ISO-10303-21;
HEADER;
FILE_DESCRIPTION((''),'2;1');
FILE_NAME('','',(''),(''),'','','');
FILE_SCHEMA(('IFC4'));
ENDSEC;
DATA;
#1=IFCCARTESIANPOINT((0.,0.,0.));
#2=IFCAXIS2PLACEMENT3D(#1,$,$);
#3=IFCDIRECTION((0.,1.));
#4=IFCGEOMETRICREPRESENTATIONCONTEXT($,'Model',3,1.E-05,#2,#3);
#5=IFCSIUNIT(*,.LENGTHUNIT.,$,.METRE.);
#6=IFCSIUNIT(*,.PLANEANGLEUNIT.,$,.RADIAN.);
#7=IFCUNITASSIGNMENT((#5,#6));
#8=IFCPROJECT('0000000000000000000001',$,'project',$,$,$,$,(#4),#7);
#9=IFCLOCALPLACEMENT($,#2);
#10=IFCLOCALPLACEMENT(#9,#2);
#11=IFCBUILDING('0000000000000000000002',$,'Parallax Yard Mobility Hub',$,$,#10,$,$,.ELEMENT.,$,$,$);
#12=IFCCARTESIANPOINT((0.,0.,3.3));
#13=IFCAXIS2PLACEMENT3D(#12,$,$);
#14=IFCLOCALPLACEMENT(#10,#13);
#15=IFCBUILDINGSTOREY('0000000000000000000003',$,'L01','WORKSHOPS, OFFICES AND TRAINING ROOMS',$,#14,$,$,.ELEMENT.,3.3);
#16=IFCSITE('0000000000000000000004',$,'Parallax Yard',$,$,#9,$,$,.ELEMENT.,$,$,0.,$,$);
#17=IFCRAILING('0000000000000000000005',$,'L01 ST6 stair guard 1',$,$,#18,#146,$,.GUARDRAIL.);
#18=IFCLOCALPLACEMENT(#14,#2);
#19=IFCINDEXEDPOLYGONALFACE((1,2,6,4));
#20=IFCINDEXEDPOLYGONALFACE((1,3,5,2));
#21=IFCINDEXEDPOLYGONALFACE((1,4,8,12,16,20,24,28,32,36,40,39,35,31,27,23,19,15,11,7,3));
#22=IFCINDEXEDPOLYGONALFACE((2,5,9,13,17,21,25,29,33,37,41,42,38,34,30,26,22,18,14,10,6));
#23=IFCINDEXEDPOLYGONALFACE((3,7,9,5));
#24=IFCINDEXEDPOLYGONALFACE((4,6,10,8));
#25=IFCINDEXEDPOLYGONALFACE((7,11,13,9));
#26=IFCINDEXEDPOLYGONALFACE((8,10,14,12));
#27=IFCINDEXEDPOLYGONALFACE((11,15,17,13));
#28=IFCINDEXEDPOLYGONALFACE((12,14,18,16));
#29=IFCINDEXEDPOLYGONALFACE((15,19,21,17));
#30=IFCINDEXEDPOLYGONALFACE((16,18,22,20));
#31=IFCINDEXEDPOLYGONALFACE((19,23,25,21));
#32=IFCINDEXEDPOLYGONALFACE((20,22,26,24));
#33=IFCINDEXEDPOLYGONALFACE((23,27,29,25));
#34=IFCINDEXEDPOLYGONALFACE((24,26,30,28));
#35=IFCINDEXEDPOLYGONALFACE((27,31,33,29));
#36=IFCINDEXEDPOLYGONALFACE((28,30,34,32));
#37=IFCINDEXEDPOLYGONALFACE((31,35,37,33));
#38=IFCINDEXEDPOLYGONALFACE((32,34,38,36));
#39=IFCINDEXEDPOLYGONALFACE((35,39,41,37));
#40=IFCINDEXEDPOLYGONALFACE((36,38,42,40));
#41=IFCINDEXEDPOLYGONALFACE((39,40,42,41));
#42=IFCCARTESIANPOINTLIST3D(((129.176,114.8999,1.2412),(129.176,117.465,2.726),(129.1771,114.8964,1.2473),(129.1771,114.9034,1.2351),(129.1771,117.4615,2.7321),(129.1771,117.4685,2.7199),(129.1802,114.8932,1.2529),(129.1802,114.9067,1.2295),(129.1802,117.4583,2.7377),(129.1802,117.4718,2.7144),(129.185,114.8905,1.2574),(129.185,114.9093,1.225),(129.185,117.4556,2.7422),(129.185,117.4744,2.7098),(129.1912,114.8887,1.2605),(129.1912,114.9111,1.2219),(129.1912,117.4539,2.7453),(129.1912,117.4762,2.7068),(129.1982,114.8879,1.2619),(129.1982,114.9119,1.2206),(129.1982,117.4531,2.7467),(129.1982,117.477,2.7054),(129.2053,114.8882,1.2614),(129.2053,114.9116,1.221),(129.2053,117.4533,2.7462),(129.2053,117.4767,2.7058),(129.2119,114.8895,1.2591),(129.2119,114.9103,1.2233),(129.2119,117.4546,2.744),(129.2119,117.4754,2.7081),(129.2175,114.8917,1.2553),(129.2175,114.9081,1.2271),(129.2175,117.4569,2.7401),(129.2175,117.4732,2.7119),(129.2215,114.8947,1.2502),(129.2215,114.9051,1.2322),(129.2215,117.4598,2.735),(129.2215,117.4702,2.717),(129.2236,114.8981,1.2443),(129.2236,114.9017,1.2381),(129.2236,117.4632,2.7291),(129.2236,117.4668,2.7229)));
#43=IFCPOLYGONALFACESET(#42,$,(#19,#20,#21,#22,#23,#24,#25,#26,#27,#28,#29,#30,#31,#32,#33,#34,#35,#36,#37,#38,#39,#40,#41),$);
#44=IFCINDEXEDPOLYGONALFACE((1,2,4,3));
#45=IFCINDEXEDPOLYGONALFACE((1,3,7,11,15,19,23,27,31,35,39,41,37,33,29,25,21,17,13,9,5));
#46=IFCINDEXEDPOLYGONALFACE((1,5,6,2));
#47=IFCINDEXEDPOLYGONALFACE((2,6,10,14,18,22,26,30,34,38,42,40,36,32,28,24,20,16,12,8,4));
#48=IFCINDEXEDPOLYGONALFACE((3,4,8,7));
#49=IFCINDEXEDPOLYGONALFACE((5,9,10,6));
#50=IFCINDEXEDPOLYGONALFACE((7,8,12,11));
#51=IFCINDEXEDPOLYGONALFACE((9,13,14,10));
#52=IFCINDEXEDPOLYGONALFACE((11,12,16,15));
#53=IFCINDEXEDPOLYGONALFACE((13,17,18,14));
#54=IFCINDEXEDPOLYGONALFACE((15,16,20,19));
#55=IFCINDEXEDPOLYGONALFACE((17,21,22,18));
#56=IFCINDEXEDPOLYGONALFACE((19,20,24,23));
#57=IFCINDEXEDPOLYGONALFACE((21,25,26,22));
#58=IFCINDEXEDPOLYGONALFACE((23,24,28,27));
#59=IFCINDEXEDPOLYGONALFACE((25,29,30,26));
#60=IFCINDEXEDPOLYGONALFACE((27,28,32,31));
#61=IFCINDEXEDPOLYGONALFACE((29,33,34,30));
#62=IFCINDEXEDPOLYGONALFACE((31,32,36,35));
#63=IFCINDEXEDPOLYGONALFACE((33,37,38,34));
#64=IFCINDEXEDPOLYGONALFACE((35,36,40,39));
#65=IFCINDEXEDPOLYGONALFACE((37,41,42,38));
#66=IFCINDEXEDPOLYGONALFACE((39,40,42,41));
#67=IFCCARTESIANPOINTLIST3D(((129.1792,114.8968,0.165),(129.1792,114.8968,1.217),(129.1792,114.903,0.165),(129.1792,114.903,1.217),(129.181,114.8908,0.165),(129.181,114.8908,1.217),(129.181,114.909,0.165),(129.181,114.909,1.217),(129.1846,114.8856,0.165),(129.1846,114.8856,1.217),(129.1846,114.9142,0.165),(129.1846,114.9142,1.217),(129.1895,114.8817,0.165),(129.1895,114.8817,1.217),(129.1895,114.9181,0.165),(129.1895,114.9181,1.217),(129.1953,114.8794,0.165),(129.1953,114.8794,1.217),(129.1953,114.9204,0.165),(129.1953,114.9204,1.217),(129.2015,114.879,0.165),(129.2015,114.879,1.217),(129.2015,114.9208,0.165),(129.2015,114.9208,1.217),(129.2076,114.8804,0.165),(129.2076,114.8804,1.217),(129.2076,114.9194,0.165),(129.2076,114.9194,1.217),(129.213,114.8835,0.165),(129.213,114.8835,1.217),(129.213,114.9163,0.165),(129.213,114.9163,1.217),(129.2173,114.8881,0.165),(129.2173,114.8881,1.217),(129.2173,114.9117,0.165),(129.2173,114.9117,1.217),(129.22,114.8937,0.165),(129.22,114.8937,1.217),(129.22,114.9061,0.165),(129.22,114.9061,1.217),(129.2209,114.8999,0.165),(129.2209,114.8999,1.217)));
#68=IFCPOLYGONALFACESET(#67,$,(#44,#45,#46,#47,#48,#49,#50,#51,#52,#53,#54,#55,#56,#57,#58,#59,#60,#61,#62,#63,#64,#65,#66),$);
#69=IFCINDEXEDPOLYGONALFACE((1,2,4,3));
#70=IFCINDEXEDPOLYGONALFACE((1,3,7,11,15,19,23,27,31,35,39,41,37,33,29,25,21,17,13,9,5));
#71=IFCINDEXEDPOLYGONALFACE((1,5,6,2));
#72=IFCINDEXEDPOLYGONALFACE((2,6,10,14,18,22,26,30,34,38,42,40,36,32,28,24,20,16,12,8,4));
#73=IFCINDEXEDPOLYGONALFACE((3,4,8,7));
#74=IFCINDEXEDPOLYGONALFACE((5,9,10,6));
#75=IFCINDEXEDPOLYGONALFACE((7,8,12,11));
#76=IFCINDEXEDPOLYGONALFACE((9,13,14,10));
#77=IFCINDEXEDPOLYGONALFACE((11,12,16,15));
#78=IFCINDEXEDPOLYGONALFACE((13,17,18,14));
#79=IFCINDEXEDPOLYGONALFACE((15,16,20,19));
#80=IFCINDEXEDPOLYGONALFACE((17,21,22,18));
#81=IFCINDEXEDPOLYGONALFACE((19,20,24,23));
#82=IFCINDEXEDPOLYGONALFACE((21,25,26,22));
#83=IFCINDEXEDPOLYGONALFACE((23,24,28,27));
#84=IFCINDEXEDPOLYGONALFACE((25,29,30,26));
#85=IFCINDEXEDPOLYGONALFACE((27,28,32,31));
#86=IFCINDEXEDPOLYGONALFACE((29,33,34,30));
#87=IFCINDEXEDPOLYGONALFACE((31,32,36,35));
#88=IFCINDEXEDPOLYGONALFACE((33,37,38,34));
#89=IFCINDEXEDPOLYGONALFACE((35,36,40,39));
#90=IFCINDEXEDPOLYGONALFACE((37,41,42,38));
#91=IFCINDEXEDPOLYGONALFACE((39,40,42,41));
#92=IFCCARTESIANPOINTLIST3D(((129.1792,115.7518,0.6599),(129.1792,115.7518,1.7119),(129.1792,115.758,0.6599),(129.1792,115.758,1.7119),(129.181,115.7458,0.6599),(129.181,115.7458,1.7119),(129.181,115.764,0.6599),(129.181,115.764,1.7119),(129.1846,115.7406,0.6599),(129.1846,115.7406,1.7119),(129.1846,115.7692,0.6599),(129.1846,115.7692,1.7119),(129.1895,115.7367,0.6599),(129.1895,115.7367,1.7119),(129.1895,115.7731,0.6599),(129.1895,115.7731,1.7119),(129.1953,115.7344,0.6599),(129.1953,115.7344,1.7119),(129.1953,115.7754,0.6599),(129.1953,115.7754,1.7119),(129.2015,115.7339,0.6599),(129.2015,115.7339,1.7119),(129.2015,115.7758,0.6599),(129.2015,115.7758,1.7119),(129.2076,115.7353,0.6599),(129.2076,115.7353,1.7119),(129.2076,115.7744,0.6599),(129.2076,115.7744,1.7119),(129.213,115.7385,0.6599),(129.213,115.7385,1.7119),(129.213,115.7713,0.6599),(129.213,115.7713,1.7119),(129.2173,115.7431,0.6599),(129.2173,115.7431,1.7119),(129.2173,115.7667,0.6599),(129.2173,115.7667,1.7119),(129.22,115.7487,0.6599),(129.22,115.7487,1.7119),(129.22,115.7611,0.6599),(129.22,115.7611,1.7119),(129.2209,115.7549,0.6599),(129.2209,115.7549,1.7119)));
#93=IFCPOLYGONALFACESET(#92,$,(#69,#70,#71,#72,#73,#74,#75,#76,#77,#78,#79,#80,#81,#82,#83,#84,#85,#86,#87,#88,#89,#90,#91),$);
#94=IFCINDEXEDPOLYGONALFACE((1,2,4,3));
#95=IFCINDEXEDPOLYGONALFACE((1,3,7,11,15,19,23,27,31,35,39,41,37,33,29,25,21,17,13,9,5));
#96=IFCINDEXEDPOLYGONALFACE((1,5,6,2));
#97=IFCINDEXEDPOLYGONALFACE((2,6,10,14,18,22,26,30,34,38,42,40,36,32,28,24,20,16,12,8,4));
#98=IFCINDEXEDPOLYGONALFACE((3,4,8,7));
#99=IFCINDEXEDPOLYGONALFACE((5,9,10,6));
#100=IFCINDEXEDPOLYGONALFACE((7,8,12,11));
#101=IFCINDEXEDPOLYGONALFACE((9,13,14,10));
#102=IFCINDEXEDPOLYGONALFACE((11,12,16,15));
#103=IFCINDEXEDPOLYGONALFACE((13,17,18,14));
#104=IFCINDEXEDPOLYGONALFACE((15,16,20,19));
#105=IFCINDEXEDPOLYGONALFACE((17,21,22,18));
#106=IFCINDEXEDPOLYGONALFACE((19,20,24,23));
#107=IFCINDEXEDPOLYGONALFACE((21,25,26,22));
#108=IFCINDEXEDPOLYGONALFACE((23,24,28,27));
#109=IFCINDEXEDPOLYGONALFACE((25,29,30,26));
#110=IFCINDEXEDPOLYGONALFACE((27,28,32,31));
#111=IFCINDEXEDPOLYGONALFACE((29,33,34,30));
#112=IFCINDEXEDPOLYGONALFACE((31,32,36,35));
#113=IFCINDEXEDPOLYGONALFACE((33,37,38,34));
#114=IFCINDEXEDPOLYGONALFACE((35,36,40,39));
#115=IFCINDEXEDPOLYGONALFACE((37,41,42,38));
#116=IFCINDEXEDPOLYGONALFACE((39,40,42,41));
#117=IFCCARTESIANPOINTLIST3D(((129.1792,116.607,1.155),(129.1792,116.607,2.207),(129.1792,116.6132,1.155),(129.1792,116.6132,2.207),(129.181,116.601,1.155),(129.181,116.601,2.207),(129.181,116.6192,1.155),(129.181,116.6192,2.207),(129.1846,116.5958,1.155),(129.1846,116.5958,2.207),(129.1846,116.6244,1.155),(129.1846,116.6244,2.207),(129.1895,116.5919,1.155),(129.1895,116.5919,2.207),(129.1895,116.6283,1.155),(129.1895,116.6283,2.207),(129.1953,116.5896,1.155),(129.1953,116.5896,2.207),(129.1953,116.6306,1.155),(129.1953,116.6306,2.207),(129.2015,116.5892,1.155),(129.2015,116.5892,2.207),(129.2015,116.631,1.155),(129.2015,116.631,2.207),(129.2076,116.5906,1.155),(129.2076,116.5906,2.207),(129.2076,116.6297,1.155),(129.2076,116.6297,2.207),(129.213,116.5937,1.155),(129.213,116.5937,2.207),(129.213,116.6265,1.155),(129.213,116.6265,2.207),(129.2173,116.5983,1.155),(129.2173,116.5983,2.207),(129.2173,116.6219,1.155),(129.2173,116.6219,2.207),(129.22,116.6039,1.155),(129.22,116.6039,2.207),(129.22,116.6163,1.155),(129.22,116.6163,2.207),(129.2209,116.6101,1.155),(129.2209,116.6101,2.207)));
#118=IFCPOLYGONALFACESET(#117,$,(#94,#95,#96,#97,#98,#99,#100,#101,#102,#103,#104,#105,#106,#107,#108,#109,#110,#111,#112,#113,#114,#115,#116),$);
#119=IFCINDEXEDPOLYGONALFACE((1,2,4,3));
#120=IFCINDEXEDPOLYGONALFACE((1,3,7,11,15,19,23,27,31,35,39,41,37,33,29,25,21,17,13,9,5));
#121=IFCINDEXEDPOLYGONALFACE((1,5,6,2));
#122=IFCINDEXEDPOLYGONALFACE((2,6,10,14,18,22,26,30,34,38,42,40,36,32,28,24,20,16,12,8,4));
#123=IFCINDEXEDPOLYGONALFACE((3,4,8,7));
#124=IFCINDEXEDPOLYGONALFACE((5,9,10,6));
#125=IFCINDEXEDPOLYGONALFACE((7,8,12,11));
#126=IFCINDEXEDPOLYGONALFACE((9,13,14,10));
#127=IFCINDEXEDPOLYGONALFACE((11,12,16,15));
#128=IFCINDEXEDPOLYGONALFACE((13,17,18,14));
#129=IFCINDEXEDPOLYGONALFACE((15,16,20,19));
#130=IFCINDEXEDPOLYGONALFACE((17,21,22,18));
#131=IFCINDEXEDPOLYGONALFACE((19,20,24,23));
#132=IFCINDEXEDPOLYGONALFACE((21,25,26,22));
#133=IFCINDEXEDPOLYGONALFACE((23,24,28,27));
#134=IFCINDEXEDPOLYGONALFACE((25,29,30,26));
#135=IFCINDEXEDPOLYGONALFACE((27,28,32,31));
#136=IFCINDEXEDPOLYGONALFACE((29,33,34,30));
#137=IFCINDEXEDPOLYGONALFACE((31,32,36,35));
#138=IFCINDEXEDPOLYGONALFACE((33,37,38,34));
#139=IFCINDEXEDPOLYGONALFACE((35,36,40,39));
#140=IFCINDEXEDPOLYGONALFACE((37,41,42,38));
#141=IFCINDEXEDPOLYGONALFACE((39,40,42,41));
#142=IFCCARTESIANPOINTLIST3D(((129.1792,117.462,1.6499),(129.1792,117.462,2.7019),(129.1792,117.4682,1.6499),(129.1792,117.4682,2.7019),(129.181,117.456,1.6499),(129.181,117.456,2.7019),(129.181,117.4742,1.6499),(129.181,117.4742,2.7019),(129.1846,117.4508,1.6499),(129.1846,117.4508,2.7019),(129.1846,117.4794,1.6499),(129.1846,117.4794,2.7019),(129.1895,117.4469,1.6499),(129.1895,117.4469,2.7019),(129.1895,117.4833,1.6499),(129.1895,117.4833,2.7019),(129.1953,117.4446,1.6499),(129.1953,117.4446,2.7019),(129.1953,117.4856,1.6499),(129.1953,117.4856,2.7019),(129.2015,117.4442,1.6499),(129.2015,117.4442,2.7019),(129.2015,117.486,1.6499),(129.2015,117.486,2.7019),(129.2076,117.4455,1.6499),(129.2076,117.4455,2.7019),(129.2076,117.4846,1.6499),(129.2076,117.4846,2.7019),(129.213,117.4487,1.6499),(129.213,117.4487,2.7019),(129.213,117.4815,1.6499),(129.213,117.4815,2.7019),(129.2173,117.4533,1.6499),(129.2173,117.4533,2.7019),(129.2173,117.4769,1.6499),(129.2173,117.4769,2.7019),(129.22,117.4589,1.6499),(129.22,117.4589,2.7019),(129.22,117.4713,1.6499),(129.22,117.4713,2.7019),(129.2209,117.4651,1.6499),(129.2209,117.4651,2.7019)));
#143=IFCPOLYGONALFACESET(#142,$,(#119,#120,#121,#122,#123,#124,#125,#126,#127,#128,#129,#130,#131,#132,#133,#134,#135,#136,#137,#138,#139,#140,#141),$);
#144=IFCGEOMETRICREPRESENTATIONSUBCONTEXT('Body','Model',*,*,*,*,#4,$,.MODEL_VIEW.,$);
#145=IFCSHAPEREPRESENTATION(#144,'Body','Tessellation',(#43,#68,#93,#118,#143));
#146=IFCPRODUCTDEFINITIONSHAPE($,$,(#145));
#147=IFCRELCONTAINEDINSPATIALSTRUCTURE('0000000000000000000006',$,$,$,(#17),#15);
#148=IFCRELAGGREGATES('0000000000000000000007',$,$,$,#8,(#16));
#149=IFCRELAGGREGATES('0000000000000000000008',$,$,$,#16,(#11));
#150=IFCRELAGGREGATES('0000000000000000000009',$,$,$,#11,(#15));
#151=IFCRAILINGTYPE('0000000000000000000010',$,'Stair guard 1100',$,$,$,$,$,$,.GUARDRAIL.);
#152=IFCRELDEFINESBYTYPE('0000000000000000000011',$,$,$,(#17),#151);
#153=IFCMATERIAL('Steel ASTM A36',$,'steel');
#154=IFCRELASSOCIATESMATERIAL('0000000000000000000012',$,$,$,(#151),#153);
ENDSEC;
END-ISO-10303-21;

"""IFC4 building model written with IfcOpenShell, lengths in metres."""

from ifc_helpers import new_model, si_unit, direction, frame, origin, origin_2d, place, context, subcontext, project, spatial, circle, extrude, material, type_object, element, save


model = new_model("IFC4")

# Units and contexts
model_context = context("Model", 3, precision=1e-05, world=origin(), true_north=direction((0.0, 1.0)))
body_context = subcontext(model_context, "Body", "Model", "MODEL_VIEW")
ifc_project = project(units=[si_unit("LENGTHUNIT", "METRE"), si_unit("PLANEANGLEUNIT", "RADIAN")], contexts=[model_context])

# Site, building, storey
site_placement = place(None, origin())
site = spatial("IfcSite", under=ifc_project, at=site_placement, Name="Parallax Yard", CompositionType="ELEMENT", RefElevation=0.0)
building_placement = place(site_placement, origin())
building = spatial("IfcBuilding", under=site, at=building_placement, Name="Parallax Yard Mobility Hub", CompositionType="ELEMENT")
storey_placement = place(building_placement, frame((0.0, 0.0, 3.3)))
storey = spatial("IfcBuildingStorey", under=building, at=storey_placement, Name="L01", Description="WORKSHOPS, OFFICES AND TRAINING ROOMS", CompositionType="ELEMENT", Elevation=3.3)

# Railing
ifc_material_1 = material(Name="Steel ASTM A36", Category="steel")
railing_type = type_object("IfcRailingType", Name="Stair guard 1100", PredefinedType="GUARDRAIL", material=ifc_material_1)
railing_1_placement = place(storey_placement, frame((129.2, 114.8999, 0.165)))
element("IfcRailing", 1, at=railing_1_placement, inside=storey, type_object=railing_type, Name="L01 ST6 stair guard 1", PredefinedType="GUARDRAIL", context=body_context, shape_type="SweptSolid", body=[
    extrude(circle(Radius=0.0239, at=origin_2d()), frame((0.0, 0.0, 1.0762), z_axis=(0.0, 0.865462, 0.500975), x_axis=(-1.0, 0.0, 0.0)), (0.0, 0.0, 1.0), 2.9639),
    extrude(circle(Radius=0.021, at=origin_2d()), origin(), (0.0, 0.0, 1.0), 1.052),
    extrude(circle(Radius=0.021, at=origin_2d()), frame((0.0, 0.855, 0.4949)), (0.0, 0.0, 1.0), 1.052),
    extrude(circle(Radius=0.021, at=origin_2d()), frame((0.0, 1.7102, 0.99)), (0.0, 0.0, 1.0), 1.052),
    extrude(circle(Radius=0.021, at=origin_2d()), frame((0.0, 2.5652, 1.4849)), (0.0, 0.0, 1.0), 1.052),
])

save(model, "model.ifc")
